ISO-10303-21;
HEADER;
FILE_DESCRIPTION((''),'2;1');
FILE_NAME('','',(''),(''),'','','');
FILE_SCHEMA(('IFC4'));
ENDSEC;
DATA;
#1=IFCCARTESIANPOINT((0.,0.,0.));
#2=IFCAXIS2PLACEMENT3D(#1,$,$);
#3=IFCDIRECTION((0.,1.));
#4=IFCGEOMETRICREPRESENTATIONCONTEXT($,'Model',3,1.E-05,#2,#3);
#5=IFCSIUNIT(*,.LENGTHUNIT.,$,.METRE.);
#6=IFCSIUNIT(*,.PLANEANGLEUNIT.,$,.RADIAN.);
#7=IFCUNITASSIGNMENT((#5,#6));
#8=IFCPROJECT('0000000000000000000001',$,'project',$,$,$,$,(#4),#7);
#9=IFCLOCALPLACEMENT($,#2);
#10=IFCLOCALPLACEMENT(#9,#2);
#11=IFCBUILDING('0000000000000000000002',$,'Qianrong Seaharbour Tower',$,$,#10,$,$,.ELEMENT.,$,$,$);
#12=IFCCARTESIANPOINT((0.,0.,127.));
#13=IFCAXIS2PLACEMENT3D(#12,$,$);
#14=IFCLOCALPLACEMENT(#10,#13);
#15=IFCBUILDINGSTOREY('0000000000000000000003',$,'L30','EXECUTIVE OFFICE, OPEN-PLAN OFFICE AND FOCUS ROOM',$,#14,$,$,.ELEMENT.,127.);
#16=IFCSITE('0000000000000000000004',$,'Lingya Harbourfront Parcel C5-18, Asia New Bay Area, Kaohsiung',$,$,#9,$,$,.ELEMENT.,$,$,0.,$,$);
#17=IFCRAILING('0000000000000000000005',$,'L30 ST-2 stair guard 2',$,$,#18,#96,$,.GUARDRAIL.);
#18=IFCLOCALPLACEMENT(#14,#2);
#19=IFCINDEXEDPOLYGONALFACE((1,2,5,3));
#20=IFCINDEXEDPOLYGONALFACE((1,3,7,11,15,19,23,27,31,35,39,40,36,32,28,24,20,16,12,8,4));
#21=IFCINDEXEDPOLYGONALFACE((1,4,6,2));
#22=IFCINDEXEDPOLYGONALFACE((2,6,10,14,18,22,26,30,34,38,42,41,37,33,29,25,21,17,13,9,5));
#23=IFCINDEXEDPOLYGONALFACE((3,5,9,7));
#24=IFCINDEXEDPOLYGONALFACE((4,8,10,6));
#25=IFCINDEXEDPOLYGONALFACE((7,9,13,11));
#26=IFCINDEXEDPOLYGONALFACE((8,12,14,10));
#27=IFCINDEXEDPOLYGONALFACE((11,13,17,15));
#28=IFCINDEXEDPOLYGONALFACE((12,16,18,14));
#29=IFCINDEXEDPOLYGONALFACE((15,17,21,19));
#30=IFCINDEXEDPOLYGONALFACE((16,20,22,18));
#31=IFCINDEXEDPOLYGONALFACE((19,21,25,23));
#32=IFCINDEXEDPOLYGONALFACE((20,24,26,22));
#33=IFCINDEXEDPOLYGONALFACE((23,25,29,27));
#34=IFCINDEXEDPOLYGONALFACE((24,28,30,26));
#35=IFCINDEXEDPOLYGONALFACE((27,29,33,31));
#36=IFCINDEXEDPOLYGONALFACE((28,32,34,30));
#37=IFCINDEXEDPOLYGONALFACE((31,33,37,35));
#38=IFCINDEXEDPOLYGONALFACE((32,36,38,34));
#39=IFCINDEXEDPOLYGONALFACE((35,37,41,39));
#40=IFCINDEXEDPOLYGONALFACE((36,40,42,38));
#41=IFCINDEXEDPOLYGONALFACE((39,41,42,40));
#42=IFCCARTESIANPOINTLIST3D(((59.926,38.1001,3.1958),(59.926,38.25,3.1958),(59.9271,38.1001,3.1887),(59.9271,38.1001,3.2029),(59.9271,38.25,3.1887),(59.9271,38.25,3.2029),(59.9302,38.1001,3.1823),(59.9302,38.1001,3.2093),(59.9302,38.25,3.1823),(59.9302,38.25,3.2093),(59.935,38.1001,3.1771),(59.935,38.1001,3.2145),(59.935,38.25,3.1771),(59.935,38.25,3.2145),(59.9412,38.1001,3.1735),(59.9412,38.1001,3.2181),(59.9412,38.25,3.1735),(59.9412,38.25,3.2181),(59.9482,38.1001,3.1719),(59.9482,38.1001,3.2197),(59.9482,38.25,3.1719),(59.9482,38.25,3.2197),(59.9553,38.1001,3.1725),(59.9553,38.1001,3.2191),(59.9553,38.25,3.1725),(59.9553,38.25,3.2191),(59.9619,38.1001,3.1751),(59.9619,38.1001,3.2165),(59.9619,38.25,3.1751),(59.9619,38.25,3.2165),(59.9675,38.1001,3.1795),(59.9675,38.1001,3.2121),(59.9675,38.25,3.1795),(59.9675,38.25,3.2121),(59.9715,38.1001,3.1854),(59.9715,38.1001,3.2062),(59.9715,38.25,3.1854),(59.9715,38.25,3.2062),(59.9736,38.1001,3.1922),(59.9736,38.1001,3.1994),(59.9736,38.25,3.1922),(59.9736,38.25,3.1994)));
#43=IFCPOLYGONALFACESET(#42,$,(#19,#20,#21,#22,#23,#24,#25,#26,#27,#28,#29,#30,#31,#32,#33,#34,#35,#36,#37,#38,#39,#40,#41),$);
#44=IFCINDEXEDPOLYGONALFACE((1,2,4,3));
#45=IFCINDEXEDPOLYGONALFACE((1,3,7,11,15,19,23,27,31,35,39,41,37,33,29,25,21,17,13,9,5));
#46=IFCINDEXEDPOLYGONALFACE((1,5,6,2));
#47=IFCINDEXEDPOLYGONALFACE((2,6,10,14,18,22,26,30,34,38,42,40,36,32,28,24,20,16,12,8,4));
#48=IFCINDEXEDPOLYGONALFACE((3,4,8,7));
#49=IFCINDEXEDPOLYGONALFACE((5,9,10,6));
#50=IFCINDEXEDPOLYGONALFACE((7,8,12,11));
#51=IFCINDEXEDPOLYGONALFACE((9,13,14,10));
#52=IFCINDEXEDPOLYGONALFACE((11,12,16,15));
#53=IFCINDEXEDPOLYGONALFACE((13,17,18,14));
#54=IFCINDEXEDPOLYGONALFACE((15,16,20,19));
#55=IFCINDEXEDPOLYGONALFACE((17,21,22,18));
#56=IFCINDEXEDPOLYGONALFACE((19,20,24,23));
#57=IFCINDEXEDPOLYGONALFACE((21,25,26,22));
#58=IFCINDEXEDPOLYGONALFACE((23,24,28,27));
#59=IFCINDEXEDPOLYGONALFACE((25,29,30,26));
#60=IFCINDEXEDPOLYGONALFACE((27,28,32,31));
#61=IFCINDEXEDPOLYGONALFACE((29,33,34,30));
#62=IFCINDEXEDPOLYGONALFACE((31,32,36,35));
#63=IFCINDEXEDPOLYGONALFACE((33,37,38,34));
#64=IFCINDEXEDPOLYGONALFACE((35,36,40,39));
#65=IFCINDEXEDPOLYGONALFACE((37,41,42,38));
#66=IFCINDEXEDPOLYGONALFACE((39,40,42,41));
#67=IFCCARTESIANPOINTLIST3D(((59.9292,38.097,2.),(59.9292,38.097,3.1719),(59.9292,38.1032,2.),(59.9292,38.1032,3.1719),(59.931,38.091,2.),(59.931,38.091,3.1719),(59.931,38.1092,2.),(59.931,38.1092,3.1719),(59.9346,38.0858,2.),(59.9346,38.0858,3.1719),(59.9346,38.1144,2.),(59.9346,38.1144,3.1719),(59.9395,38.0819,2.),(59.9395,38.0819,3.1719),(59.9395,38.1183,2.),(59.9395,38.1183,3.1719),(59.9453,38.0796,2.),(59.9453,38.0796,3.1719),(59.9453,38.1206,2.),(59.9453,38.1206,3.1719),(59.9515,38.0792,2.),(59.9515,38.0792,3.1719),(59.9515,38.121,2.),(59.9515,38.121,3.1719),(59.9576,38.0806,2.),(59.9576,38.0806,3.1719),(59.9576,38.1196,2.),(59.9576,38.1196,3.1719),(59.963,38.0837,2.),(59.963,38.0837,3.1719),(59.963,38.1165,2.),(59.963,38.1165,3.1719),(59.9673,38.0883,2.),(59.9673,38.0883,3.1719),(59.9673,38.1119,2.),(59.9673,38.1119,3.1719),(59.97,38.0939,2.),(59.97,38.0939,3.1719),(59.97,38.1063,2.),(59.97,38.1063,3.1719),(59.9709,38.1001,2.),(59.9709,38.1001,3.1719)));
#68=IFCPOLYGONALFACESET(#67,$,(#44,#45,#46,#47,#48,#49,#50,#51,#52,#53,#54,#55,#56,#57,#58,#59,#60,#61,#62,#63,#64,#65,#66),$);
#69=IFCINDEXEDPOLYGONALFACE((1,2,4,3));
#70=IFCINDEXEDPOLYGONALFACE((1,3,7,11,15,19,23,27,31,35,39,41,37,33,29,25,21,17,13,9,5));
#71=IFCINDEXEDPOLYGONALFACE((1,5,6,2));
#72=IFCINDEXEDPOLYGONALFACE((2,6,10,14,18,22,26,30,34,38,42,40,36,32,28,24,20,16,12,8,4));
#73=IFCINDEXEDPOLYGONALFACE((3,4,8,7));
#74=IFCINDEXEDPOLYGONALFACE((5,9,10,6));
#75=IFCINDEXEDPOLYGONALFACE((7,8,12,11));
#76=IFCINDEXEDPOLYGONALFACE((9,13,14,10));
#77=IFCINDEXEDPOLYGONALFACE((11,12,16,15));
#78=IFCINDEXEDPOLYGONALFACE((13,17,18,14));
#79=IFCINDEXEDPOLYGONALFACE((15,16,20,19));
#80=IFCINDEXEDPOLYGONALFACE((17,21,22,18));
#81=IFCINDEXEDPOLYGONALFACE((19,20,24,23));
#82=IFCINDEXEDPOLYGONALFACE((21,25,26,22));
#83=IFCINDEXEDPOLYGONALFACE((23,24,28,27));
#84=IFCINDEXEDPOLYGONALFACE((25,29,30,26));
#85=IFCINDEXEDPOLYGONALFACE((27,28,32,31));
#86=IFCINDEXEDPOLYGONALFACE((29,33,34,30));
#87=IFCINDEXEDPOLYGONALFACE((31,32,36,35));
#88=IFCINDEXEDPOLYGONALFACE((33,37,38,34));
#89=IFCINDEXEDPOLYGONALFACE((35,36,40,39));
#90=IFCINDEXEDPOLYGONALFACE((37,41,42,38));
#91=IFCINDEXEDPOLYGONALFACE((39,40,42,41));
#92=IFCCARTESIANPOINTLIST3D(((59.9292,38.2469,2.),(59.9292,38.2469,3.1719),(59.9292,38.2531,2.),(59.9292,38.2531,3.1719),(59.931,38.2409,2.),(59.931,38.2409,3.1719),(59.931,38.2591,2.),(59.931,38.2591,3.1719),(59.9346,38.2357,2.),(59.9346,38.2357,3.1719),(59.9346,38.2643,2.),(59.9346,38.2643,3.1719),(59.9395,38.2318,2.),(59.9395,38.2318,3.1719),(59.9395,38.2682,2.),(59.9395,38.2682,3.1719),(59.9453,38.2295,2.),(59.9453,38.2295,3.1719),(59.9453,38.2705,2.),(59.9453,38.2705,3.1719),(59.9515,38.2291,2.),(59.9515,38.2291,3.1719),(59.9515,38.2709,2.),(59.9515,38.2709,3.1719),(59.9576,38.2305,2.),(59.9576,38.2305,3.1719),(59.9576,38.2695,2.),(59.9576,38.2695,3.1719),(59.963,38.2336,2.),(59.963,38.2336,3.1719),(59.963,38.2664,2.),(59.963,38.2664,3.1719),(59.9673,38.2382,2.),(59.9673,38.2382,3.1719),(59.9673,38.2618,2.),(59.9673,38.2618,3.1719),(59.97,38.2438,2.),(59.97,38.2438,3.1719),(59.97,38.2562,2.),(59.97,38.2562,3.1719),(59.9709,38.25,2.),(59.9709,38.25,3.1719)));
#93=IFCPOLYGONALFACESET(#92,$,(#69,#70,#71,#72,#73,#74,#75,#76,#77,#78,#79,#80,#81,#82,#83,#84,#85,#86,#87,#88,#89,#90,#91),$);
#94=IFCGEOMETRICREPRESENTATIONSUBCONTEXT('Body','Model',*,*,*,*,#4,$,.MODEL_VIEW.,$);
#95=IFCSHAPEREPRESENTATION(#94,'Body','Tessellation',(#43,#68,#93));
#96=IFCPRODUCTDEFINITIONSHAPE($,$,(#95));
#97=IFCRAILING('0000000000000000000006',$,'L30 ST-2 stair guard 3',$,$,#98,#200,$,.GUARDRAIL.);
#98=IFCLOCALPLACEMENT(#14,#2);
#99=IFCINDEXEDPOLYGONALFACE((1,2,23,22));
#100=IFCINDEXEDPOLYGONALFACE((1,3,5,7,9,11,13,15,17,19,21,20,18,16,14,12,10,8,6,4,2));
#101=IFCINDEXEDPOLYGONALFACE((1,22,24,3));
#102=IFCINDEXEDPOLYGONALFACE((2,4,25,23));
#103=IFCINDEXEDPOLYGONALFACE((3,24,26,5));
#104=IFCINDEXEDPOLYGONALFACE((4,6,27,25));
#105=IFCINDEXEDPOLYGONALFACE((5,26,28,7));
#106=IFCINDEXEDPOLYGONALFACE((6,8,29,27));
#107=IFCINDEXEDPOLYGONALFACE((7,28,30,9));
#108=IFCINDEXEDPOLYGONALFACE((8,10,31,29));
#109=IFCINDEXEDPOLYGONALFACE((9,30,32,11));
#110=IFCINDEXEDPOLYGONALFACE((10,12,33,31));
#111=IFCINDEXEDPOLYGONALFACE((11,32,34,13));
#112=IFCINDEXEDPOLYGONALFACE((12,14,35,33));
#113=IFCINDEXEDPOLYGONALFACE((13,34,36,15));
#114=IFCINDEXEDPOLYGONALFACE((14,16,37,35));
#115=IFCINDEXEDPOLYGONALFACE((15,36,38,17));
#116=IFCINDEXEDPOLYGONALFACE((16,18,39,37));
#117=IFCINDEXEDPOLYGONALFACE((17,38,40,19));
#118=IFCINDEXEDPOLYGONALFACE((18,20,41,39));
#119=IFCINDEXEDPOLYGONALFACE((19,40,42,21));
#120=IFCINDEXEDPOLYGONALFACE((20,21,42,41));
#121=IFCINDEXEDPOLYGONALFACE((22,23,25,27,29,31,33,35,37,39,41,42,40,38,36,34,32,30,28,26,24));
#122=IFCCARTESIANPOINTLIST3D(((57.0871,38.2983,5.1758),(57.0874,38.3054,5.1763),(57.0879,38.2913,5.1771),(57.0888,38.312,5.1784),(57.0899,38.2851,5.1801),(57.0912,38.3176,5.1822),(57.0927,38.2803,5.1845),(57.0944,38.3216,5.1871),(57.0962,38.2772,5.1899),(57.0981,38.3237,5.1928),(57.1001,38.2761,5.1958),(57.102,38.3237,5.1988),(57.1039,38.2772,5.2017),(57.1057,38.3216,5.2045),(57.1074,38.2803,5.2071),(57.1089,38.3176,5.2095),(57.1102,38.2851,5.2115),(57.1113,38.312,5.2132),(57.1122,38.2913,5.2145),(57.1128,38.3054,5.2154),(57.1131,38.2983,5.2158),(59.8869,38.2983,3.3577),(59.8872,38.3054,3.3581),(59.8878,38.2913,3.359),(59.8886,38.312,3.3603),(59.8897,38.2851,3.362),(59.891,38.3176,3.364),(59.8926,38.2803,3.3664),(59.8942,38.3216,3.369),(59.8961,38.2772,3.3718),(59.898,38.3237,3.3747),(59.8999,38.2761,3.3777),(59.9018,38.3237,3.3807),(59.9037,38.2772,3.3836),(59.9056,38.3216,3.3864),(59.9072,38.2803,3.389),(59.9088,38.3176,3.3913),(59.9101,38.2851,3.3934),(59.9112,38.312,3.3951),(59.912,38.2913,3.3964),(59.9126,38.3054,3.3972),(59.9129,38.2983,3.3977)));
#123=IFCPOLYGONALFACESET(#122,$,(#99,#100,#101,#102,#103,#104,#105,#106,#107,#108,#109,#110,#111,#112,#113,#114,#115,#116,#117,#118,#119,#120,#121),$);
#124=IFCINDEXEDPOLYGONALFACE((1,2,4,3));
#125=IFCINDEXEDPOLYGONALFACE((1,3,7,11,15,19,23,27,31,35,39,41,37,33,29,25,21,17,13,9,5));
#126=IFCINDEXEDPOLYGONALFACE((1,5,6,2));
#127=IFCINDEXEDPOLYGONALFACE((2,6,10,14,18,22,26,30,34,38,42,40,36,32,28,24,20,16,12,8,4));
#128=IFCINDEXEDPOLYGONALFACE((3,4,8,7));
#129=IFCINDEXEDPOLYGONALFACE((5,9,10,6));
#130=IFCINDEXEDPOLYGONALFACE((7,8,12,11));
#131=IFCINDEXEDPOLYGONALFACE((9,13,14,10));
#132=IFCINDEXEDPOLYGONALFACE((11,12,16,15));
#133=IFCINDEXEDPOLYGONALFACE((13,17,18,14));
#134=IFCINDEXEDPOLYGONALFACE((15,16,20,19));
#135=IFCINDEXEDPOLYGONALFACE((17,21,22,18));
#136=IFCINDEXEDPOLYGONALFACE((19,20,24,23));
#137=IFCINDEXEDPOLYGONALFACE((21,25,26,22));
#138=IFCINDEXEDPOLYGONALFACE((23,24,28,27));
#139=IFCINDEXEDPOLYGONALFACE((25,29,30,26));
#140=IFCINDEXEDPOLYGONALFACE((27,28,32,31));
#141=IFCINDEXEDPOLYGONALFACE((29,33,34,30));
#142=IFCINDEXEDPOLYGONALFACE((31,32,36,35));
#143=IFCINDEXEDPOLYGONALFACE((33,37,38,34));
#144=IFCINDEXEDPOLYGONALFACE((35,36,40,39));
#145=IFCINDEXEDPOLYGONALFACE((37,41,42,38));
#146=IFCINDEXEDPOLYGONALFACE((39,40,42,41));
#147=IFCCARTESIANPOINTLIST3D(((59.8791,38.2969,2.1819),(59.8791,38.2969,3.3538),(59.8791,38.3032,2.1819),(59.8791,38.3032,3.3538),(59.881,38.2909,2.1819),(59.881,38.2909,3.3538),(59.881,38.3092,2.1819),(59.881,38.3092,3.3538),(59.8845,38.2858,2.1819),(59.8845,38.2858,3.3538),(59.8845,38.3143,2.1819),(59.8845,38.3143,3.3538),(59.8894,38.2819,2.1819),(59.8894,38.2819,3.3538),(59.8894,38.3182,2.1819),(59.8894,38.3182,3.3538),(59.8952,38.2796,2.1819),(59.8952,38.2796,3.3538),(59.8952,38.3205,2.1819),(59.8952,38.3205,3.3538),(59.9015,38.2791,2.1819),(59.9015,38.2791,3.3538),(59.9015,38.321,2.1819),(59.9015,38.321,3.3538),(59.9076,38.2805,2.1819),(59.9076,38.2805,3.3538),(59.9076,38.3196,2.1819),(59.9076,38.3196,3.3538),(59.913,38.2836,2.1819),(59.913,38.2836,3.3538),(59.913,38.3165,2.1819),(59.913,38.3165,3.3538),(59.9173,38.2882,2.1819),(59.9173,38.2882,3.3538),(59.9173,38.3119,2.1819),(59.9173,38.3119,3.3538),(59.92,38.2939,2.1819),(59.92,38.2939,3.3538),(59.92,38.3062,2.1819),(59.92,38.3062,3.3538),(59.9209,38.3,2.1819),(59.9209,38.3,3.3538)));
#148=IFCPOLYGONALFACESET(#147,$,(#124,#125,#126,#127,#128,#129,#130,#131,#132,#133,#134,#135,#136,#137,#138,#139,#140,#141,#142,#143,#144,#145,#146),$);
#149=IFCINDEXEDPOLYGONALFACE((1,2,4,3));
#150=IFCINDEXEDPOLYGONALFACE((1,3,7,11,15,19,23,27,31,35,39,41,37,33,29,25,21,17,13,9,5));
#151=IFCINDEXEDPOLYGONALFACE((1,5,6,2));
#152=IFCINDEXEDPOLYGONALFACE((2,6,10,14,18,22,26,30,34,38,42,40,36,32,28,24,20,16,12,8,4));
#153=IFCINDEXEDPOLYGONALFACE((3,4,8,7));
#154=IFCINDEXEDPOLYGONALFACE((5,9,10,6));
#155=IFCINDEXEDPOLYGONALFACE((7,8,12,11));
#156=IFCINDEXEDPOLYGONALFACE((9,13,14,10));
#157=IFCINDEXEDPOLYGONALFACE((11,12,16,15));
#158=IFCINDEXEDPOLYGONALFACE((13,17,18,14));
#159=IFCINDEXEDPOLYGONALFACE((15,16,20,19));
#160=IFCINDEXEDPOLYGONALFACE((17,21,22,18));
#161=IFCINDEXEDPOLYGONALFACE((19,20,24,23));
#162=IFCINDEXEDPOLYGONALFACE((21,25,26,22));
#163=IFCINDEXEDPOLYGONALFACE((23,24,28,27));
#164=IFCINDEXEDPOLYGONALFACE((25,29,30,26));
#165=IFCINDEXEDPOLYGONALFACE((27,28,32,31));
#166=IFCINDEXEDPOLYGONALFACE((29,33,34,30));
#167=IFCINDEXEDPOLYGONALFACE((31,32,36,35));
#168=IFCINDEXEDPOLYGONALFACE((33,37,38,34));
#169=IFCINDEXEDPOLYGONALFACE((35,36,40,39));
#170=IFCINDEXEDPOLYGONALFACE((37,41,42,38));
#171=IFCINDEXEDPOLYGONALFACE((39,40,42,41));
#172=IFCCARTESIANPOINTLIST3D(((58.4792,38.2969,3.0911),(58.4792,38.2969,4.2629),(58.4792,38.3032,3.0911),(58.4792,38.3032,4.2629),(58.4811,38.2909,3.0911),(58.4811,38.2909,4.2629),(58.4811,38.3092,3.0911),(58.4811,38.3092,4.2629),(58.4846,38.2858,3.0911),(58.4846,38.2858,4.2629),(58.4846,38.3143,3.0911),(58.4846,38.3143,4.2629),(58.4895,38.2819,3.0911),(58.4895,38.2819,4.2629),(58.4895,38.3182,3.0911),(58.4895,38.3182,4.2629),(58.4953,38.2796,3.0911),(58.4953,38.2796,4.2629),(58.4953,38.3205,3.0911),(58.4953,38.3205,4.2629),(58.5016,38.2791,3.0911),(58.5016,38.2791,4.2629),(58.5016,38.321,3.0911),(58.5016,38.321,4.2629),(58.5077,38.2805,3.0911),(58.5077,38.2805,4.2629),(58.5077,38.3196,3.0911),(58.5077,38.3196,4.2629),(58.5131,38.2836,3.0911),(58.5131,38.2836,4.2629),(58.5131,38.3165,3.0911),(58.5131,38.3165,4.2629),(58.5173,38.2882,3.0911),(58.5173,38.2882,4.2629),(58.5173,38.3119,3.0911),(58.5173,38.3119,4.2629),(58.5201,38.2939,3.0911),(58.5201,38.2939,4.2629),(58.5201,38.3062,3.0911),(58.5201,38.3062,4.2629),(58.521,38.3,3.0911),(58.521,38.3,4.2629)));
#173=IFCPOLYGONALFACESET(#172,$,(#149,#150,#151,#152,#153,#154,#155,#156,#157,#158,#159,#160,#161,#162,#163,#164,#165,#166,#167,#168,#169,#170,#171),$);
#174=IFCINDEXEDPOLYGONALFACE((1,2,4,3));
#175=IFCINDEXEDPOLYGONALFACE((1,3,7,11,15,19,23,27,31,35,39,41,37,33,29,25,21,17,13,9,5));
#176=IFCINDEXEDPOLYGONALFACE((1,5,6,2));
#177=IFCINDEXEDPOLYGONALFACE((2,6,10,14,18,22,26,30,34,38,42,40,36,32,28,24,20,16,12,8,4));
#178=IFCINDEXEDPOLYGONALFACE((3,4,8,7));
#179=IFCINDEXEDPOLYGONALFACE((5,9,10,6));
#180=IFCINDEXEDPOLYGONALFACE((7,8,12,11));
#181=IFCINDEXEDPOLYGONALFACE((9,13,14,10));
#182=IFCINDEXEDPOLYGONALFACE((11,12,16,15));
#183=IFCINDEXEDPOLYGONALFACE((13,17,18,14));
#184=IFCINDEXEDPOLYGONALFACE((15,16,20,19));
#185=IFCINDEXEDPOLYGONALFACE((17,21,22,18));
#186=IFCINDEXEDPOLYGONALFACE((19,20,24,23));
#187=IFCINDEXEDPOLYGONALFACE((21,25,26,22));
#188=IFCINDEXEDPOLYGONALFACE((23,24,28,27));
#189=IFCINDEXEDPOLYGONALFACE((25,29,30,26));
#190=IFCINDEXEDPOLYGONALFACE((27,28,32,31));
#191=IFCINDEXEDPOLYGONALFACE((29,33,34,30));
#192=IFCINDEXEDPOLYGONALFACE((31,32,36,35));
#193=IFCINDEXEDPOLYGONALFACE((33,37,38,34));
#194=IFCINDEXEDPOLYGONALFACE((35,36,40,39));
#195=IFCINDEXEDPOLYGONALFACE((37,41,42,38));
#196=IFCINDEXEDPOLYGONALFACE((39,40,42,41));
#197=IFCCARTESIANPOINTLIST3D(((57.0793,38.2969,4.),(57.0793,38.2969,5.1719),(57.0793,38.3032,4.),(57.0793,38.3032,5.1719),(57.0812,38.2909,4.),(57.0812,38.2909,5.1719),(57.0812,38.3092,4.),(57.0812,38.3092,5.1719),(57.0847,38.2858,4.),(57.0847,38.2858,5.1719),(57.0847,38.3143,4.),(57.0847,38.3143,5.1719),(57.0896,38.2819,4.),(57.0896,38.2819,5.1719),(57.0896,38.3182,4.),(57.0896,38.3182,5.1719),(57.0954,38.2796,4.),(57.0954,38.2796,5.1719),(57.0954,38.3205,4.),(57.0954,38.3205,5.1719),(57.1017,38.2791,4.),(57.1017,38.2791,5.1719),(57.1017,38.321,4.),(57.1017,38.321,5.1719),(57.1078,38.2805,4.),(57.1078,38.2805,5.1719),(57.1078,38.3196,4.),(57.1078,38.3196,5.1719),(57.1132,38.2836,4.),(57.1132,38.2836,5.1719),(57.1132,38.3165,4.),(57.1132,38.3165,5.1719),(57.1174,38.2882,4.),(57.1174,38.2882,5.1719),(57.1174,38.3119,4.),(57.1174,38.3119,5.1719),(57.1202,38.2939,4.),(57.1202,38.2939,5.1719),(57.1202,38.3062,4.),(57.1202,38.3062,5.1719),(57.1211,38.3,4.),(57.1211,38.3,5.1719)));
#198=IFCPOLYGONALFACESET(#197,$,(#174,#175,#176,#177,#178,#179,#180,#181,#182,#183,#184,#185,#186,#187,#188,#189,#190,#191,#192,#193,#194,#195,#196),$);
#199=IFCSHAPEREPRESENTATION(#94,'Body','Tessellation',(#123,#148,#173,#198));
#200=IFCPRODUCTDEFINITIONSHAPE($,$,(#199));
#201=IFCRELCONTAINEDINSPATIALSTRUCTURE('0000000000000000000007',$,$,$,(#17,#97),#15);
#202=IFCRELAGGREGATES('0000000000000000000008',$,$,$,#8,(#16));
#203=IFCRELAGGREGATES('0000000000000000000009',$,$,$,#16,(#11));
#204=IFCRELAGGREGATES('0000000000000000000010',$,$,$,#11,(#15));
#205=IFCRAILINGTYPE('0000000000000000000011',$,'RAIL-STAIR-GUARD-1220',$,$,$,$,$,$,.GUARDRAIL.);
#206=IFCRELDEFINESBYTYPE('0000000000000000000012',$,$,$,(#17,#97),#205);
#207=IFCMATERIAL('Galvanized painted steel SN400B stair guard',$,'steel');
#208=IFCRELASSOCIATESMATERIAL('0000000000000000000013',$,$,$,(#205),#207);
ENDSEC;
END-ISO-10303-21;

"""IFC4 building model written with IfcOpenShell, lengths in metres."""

from ifc_helpers import new_model, si_unit, direction, frame, origin, origin_2d, place, context, subcontext, project, spatial, circle, extrude, material, type_object, element, save


model = new_model("IFC4")

# Units and contexts
model_context = context("Model", 3, precision=1e-05, world=origin(), true_north=direction((0.0, 1.0)))
body_context = subcontext(model_context, "Body", "Model", "MODEL_VIEW")
ifc_project = project(units=[si_unit("LENGTHUNIT", "METRE"), si_unit("PLANEANGLEUNIT", "RADIAN")], contexts=[model_context])

# Site, building, storey
site_placement = place(None, origin())
site = spatial("IfcSite", under=ifc_project, at=site_placement, Name="Lingya Harbourfront Parcel C5-18, Asia New Bay Area, Kaohsiung", CompositionType="ELEMENT", RefElevation=0.0)
building_placement = place(site_placement, origin())
building = spatial("IfcBuilding", under=site, at=building_placement, Name="Qianrong Seaharbour Tower", CompositionType="ELEMENT")
storey_placement = place(building_placement, frame((0.0, 0.0, 127.0)))
storey = spatial("IfcBuildingStorey", under=building, at=storey_placement, Name="L30", Description="EXECUTIVE OFFICE, OPEN-PLAN OFFICE AND FOCUS ROOM", CompositionType="ELEMENT", Elevation=127.0)

# Railings
ifc_material_1 = material(Name="Galvanized painted steel SN400B stair guard", Category="steel")
railing_type_1 = type_object("IfcRailingType", Name="RAIL-STAIR-GUARD-1220", PredefinedType="GUARDRAIL", material=ifc_material_1)
railing_1_placement = place(storey_placement, frame((59.95, 38.1001, 2.0)))
element("IfcRailing", 1, at=railing_1_placement, inside=storey, type_object=railing_type_1, Name="L30 ST-2 stair guard 2", PredefinedType="GUARDRAIL", context=body_context, shape_type="SweptSolid", body=[
    extrude(circle(Radius=0.0239, at=origin_2d()), frame((0.0, 0.0, 1.1958), z_axis=(0.0, 1.0, 0.0), x_axis=(-1.0, 0.0, 0.0)), (0.0, 0.0, 1.0), 0.1499),
    extrude(circle(Radius=0.021, at=origin_2d()), origin(), (0.0, 0.0, 1.0), 1.1719),
    extrude(circle(Radius=0.021, at=origin_2d()), frame((0.0, 0.1499, 0.0)), (0.0, 0.0, 1.0), 1.1719),
])
railing_2_placement = place(storey_placement, frame((59.8999, 38.3, 2.1819)))
element("IfcRailing", 2, at=railing_2_placement, inside=storey, type_object=railing_type_1, Name="L30 ST-2 stair guard 3", PredefinedType="GUARDRAIL", context=body_context, shape_type="SweptSolid", body=[
    extrude(circle(Radius=0.0239, at=origin_2d()), frame((0.0, 0.0, 1.1958), z_axis=(-0.838684, 0.0, 0.544618), x_axis=(0.0, -1.0, 0.0)), (0.0, 0.0, 1.0), 3.3384),
    extrude(circle(Radius=0.021, at=origin_2d()), origin(), (0.0, 0.0, 1.0), 1.1719),
    extrude(circle(Radius=0.021, at=origin_2d()), frame((-1.3999, 0.0, 0.9092)), (0.0, 0.0, 1.0), 1.1719),
    extrude(circle(Radius=0.021, at=origin_2d()), frame((-2.7998, 0.0, 1.8181)), (0.0, 0.0, 1.0), 1.1719),
])

save(model, "model.ifc")
